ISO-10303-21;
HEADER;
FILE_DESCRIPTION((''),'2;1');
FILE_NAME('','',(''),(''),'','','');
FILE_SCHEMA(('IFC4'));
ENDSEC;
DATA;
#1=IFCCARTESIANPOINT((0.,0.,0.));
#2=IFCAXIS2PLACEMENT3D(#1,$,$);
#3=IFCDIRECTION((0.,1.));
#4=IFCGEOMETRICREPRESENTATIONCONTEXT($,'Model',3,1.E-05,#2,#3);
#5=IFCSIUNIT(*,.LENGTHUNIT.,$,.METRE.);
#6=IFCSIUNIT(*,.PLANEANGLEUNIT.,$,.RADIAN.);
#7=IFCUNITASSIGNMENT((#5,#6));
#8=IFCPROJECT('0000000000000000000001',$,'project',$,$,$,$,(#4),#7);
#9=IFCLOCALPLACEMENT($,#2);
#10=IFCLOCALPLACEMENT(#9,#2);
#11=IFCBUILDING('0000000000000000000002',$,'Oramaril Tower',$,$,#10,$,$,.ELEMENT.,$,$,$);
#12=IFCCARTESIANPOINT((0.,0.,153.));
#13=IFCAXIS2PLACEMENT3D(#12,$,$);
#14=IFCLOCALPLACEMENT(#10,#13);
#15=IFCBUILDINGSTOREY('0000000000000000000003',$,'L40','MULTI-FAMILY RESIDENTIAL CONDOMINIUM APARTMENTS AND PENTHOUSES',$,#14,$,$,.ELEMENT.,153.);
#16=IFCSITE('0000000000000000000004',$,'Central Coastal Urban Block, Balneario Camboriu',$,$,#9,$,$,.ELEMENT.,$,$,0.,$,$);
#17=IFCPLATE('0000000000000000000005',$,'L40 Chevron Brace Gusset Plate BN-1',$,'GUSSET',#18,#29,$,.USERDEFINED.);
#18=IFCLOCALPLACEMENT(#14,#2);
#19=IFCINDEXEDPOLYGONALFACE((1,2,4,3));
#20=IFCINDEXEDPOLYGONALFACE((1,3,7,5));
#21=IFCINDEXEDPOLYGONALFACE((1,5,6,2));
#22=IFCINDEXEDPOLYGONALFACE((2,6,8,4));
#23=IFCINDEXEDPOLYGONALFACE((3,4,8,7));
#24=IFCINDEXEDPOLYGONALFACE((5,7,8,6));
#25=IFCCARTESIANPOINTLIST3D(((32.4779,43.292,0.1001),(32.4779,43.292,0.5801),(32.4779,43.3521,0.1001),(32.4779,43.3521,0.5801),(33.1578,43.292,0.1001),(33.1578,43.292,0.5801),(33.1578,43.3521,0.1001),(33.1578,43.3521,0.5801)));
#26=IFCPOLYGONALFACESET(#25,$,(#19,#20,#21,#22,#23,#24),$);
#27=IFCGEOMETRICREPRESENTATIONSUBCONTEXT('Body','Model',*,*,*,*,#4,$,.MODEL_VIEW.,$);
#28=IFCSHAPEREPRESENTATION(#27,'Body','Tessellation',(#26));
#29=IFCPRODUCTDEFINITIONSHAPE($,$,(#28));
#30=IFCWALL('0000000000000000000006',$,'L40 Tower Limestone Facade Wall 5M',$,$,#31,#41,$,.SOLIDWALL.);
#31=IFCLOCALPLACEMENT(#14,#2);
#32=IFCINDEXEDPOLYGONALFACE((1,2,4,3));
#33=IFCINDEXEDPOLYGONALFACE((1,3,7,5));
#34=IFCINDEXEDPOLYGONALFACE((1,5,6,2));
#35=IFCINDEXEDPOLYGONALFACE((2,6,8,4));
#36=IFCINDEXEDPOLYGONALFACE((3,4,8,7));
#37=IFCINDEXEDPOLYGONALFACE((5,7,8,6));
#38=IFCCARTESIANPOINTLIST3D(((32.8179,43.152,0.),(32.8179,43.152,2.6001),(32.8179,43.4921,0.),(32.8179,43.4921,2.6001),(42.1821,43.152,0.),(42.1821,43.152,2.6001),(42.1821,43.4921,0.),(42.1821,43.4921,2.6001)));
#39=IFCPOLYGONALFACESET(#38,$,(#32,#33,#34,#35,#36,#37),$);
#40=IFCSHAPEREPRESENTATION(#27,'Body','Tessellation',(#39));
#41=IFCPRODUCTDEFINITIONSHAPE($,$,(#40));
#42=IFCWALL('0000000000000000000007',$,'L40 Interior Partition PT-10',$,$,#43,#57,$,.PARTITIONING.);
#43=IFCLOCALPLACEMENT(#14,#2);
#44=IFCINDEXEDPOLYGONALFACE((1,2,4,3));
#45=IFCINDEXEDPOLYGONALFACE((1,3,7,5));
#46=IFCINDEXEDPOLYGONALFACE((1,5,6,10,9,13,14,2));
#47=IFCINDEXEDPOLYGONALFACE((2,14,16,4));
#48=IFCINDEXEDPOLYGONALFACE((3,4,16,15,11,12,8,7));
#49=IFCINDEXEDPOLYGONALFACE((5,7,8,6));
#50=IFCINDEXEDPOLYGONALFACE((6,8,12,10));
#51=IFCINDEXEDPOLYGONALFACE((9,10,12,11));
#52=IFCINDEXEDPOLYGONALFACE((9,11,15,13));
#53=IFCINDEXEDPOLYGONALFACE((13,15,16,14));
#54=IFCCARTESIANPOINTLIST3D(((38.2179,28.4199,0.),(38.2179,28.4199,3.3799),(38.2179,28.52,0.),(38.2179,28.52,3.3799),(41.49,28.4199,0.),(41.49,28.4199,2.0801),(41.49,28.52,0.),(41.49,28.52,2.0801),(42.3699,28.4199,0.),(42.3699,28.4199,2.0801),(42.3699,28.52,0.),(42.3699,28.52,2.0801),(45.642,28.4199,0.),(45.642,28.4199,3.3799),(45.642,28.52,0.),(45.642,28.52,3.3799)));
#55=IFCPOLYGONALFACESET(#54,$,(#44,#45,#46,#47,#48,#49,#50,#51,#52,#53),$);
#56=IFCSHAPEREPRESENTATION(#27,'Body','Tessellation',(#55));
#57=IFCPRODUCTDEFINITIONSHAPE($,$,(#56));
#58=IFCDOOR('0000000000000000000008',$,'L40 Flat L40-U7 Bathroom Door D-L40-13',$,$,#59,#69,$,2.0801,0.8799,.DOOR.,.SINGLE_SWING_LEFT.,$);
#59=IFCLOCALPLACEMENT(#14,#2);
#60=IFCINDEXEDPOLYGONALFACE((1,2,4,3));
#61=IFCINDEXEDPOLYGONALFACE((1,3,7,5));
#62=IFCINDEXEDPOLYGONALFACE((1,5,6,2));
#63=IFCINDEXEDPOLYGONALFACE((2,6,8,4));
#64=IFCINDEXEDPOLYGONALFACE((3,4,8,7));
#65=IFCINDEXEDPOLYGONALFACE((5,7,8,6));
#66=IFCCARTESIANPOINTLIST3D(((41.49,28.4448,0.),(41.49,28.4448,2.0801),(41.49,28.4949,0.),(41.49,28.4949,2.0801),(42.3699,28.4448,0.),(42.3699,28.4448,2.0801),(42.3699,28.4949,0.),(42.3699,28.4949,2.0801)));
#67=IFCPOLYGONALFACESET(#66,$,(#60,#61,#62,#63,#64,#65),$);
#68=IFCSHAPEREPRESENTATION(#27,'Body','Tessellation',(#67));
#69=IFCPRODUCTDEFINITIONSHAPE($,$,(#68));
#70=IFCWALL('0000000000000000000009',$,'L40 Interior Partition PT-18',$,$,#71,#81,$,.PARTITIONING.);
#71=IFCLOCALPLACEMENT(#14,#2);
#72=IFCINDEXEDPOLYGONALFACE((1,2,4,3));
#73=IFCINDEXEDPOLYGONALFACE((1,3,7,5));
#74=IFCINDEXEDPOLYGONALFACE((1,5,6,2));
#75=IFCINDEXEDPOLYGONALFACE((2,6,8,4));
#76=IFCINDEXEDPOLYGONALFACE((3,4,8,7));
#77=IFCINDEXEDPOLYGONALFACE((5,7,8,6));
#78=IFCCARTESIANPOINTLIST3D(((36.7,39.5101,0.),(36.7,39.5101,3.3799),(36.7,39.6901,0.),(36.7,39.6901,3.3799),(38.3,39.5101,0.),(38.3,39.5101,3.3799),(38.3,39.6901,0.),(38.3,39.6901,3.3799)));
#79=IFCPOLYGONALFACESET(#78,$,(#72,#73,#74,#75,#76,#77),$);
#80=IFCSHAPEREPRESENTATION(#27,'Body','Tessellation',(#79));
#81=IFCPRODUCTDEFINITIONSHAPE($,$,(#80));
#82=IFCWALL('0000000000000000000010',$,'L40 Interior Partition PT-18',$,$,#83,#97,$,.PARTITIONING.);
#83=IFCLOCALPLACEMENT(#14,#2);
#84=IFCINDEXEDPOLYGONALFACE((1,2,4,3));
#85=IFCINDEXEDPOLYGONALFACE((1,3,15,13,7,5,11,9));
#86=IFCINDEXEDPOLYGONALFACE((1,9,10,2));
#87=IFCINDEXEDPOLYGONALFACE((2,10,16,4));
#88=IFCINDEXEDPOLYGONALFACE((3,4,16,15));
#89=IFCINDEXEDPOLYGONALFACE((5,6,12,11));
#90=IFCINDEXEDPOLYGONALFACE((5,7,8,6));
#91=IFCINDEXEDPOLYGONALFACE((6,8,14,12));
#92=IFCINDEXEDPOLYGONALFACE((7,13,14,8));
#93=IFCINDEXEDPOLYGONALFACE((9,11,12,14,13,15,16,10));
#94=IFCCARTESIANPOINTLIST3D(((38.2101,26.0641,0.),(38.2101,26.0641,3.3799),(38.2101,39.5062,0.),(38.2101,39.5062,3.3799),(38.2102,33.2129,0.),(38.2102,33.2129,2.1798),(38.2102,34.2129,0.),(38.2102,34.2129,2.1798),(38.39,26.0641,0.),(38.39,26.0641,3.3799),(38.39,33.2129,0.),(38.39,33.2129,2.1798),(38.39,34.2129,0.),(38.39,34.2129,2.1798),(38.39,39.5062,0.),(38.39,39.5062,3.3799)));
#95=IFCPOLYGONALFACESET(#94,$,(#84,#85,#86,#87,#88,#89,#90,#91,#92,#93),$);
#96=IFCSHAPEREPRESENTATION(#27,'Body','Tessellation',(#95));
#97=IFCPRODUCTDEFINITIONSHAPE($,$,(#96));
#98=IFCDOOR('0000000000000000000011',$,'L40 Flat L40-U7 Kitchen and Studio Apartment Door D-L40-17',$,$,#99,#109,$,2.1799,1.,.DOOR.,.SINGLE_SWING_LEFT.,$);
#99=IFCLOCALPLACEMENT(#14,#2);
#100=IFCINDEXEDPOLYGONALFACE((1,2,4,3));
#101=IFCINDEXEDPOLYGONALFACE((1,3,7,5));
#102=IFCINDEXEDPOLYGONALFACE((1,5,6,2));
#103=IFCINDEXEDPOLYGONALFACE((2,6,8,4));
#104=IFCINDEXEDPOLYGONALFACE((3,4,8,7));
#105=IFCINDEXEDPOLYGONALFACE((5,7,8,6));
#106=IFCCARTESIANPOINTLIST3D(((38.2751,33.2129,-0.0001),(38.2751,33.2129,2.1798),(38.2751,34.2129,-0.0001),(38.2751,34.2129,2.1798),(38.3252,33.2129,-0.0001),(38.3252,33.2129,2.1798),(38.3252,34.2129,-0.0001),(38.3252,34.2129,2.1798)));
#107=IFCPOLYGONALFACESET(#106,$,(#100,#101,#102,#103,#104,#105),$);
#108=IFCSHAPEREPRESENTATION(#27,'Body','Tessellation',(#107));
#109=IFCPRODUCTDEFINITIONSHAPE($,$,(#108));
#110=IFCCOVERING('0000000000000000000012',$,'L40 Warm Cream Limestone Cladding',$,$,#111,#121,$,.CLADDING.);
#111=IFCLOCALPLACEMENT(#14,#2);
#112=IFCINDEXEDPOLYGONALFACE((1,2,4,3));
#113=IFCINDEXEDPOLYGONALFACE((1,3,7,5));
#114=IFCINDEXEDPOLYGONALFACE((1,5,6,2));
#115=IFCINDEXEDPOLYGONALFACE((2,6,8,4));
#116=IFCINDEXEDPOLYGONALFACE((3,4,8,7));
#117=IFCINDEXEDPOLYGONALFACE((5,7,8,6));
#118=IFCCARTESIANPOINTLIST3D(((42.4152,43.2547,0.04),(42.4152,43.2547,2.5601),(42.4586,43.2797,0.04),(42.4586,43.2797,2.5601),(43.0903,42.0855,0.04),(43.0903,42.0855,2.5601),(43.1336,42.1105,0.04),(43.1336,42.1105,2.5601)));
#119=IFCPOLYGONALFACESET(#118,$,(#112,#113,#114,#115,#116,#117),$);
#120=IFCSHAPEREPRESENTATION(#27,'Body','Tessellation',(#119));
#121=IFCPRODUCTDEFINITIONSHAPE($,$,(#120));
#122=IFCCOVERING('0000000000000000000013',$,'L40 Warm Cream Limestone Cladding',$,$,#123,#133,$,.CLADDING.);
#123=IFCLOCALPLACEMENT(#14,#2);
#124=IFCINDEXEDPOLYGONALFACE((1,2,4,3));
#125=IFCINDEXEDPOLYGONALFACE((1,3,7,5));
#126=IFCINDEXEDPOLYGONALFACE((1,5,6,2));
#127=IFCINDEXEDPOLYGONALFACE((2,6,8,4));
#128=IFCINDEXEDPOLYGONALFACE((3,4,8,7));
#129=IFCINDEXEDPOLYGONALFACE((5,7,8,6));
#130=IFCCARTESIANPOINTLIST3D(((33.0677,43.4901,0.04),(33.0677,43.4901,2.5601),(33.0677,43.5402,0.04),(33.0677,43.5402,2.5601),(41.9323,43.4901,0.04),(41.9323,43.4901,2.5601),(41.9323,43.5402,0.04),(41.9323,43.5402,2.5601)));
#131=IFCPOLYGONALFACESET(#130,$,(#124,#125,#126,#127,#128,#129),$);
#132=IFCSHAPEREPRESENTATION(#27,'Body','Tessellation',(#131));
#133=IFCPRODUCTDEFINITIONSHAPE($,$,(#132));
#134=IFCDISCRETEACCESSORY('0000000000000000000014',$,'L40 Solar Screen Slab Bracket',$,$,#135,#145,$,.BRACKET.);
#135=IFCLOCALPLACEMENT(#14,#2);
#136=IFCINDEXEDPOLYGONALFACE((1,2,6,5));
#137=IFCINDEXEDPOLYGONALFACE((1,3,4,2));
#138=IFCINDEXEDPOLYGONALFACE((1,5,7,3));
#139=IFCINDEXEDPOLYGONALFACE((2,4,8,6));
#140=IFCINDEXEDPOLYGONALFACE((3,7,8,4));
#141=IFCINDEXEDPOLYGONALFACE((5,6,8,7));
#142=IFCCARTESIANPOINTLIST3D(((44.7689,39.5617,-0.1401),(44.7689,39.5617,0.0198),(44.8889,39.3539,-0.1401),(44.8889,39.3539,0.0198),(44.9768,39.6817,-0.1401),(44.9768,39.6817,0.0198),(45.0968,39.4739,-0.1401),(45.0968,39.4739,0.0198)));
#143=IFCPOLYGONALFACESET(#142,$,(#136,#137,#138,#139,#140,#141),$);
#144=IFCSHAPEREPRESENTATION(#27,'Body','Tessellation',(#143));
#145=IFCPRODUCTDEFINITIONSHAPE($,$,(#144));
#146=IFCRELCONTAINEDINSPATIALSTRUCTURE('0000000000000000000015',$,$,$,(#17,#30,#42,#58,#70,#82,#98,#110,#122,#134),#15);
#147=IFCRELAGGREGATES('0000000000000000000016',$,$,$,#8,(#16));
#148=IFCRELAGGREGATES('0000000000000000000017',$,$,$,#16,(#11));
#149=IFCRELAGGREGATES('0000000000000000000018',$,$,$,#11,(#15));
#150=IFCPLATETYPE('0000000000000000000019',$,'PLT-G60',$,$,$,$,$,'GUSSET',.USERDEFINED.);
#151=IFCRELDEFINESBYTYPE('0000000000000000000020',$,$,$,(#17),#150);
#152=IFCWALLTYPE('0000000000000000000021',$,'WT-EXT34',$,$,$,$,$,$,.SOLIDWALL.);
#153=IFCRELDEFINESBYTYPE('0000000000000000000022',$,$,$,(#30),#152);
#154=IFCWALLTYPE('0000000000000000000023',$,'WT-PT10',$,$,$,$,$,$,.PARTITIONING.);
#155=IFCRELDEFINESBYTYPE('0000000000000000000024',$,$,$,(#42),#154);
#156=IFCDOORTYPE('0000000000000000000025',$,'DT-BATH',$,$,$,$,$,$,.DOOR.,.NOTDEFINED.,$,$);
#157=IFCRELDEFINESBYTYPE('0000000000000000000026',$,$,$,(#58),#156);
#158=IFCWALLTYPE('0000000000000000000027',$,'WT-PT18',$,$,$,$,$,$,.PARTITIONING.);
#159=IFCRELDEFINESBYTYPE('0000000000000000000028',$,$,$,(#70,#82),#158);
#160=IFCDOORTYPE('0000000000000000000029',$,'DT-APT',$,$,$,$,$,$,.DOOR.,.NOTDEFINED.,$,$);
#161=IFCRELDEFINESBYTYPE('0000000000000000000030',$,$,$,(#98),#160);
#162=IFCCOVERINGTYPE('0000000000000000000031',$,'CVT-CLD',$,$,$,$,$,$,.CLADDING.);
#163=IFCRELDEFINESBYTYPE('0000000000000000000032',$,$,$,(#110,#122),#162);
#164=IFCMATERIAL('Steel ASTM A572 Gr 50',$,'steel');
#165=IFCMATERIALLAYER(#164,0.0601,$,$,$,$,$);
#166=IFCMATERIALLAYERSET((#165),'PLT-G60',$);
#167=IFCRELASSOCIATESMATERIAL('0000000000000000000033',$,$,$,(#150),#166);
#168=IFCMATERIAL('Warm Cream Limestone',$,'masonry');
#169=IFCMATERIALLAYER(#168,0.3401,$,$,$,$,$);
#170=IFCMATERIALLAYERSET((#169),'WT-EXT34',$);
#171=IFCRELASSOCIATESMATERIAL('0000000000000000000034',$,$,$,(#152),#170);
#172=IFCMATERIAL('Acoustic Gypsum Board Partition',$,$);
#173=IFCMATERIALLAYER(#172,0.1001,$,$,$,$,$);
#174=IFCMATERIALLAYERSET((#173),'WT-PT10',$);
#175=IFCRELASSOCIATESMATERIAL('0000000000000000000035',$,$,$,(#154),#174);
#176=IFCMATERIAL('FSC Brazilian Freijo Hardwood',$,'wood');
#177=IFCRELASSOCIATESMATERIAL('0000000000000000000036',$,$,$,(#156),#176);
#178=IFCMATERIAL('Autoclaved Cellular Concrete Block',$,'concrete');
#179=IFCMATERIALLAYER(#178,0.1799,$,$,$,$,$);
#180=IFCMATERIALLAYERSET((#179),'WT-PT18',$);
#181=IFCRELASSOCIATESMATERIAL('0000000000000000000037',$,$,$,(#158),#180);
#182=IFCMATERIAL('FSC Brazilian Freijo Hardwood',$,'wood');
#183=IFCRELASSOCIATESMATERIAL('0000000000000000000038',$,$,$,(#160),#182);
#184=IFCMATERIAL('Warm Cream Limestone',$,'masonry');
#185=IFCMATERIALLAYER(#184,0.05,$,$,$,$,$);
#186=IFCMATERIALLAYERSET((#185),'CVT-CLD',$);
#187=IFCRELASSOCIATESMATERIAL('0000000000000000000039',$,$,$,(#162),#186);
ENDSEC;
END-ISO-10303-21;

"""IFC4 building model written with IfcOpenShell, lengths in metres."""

from ifc_helpers import new_model, si_unit, direction, frame, frame_2d, origin, origin_2d, place, context, subcontext, project, spatial, rectangle, extrude, material, layer, layer_set, type_object, element, fill, save


model = new_model("IFC4")

# Units and contexts
model_context = context("Model", 3, precision=1e-05, world=origin(), true_north=direction((0.0, 1.0)))
body_context = subcontext(model_context, "Body", "Model", "MODEL_VIEW")
ifc_project = project(units=[si_unit("LENGTHUNIT", "METRE"), si_unit("PLANEANGLEUNIT", "RADIAN")], contexts=[model_context])

# Site, building, storey
site_placement = place(None, origin())
site = spatial("IfcSite", under=ifc_project, at=site_placement, Name="Central Coastal Urban Block, Balneario Camboriu", CompositionType="ELEMENT", RefElevation=0.0)
building_placement = place(site_placement, origin())
building = spatial("IfcBuilding", under=site, at=building_placement, Name="Oramaril Tower", CompositionType="ELEMENT")
storey_placement = place(building_placement, frame((0.0, 0.0, 153.0)))
storey = spatial("IfcBuildingStorey", under=building, at=storey_placement, Name="L40", Description="MULTI-FAMILY RESIDENTIAL CONDOMINIUM APARTMENTS AND PENTHOUSES", CompositionType="ELEMENT", Elevation=153.0)

# Plate
ifc_material_1 = material(Name="Steel ASTM A572 Gr 50", Category="steel")
ifc_layer_1 = layer(ifc_material_1, 0.0601)
ifc_layer_set_1 = layer_set([ifc_layer_1], Name="PLT-G60")
plate_type = type_object("IfcPlateType", Name="PLT-G60", ElementType="GUSSET", PredefinedType="USERDEFINED", material=ifc_layer_set_1)
for number, where, z_axis, x_axis, name in (
    (1, (32.8179, 43.322, 0.1001), (0.0, 0.0, 1.0), (-1.0, 0.0, 0.0), "L40 Chevron Brace Gusset Plate BN-1"),
):
    element("IfcPlate", number, at=place(storey_placement, frame(where, z_axis=z_axis, x_axis=x_axis)), inside=storey, type_object=plate_type, Name=name, ObjectType="GUSSET", PredefinedType="USERDEFINED", context=body_context, shape_type="SweptSolid", body=[
        extrude(rectangle(XDim=0.6799, YDim=0.0601, at=origin_2d()), origin(), (0.0, 0.0, 1.0), 0.48),
    ])

# Wall
ifc_material_2 = material(Name="Warm Cream Limestone", Category="masonry")
ifc_layer_2 = layer(ifc_material_2, 0.3401)
ifc_layer_set_2 = layer_set([ifc_layer_2], Name="WT-EXT34")
wall_type_1 = type_object("IfcWallType", Name="WT-EXT34", PredefinedType="SOLIDWALL", material=ifc_layer_set_2)
wall_1_placement = place(storey_placement, frame((42.1821, 43.322, 0.0), z_axis=(0.0, 0.0, 1.0), x_axis=(-1.0, 0.0, 0.0)))
element("IfcWall", 2, at=wall_1_placement, inside=storey, type_object=wall_type_1, Name="L40 Tower Limestone Facade Wall 5M", PredefinedType="SOLIDWALL", context=body_context, shape_type="SweptSolid", body=[
    extrude(rectangle(XDim=9.3643, YDim=0.3401, at=frame_2d((4.6821, 0.0))), origin(), (0.0, 0.0, 1.0), 2.6001),
])

# Wall, opening, door
ifc_material_3 = material(Name="Acoustic Gypsum Board Partition")
ifc_layer_3 = layer(ifc_material_3, 0.1001)
ifc_layer_set_3 = layer_set([ifc_layer_3], Name="WT-PT10")
wall_type_2 = type_object("IfcWallType", Name="WT-PT10", PredefinedType="PARTITIONING", material=ifc_layer_set_3)
wall_2_placement = place(storey_placement, frame((38.218, 28.47, 0.0), z_axis=(0.0, 0.0, 1.0), x_axis=(1.0, 0.0, 0.0)))
wall_2 = element("IfcWall", 3, at=wall_2_placement, inside=storey, type_object=wall_type_2, Name="L40 Interior Partition PT-10", PredefinedType="PARTITIONING", context=body_context, shape_type="SweptSolid", body=[
    extrude(rectangle(XDim=7.4241, YDim=0.1001, at=frame_2d((3.7119, 0.0))), origin(), (0.0, 0.0, 1.0), 3.3799),
])
opening_1_placement = place(wall_2_placement, frame((3.272, 0.0, 0.0)))
opening_1 = element("IfcOpeningElement", 4, at=opening_1_placement, cuts=wall_2, PredefinedType="OPENING", context=body_context, shape_type="SweptSolid", body=[
    extrude(rectangle(XDim=0.8799, YDim=2.0801, at=frame_2d((0.4399, 1.04))), frame((0.0, 0.05, 0.0), z_axis=(0.0, -1.0, 0.0), x_axis=(1.0, 0.0, 0.0)), (0.0, 0.0, 1.0), 0.1001),
])
ifc_material_4 = material(Name="FSC Brazilian Freijo Hardwood", Category="wood")
door_type_1 = type_object("IfcDoorType", Name="DT-BATH", OperationType="NOTDEFINED", PredefinedType="DOOR", material=ifc_material_4)
door_1_placement = place(opening_1_placement, origin())
door_1 = element("IfcDoor", 5, at=door_1_placement, inside=storey, type_object=door_type_1, Name="L40 Flat L40-U7 Bathroom Door D-L40-13", OperationType="SINGLE_SWING_LEFT", OverallHeight=2.0801, OverallWidth=0.8799, PredefinedType="DOOR", context=body_context, shape_type="SweptSolid", body=[
    extrude(rectangle(XDim=0.8799, YDim=2.0801, at=frame_2d((0.4399, 1.04))), frame((0.0, 0.0249, 0.0), z_axis=(0.0, -1.0, 0.0), x_axis=(1.0, 0.0, 0.0)), (0.0, 0.0, 1.0), 0.05),
])
fill(opening_1, door_1)

# Wall
ifc_material_5 = material(Name="Autoclaved Cellular Concrete Block", Category="concrete")
ifc_layer_4 = layer(ifc_material_5, 0.1799)
ifc_layer_set_4 = layer_set([ifc_layer_4], Name="WT-PT18")
wall_type_3 = type_object("IfcWallType", Name="WT-PT18", PredefinedType="PARTITIONING", material=ifc_layer_set_4)
wall_3_placement = place(storey_placement, frame((36.7, 39.6001, 0.0), z_axis=(0.0, 0.0, 1.0), x_axis=(1.0, 0.0, 0.0)))
element("IfcWall", 6, at=wall_3_placement, inside=storey, type_object=wall_type_3, Name="L40 Interior Partition PT-18", PredefinedType="PARTITIONING", context=body_context, shape_type="SweptSolid", body=[
    extrude(rectangle(XDim=1.6001, YDim=0.1799, at=frame_2d((0.8, 0.0))), origin(), (0.0, 0.0, 1.0), 3.3799),
])

# Wall, opening, door
wall_4_placement = place(storey_placement, frame((38.3, 26.064, 0.0), z_axis=(0.0, 0.0, 1.0), x_axis=(0.0, 1.0, 0.0)))
wall_4 = element("IfcWall", 7, at=wall_4_placement, inside=storey, type_object=wall_type_3, Name="L40 Interior Partition PT-18", PredefinedType="PARTITIONING", context=body_context, shape_type="SweptSolid", body=[
    extrude(rectangle(XDim=13.4421, YDim=0.1799, at=frame_2d((6.7212, 0.0))), origin(), (0.0, 0.0, 1.0), 3.3799),
])
opening_2_placement = place(wall_4_placement, frame((7.1489, 0.0, 0.0)))
opening_2 = element("IfcOpeningElement", 8, at=opening_2_placement, cuts=wall_4, PredefinedType="OPENING", context=body_context, shape_type="SweptSolid", body=[
    extrude(rectangle(XDim=1.0, YDim=2.1799, at=frame_2d((0.5, 1.0898))), frame((0.0, 0.0898, 0.0), z_axis=(0.0, -1.0, 0.0), x_axis=(1.0, 0.0, 0.0)), (0.0, 0.0, 1.0), 0.1799),
])
ifc_material_6 = material(Name="FSC Brazilian Freijo Hardwood", Category="wood")
door_type_2 = type_object("IfcDoorType", Name="DT-APT", OperationType="NOTDEFINED", PredefinedType="DOOR", material=ifc_material_6)
door_2_placement = place(opening_2_placement, origin())
door_2 = element("IfcDoor", 9, at=door_2_placement, inside=storey, type_object=door_type_2, Name="L40 Flat L40-U7 Kitchen and Studio Apartment Door D-L40-17", OperationType="SINGLE_SWING_LEFT", OverallHeight=2.1799, OverallWidth=1.0, PredefinedType="DOOR", context=body_context, shape_type="SweptSolid", body=[
    extrude(rectangle(XDim=1.0, YDim=2.1799, at=frame_2d((0.5, 1.0898))), frame((0.0, 0.0249, 0.0), z_axis=(0.0, -1.0, 0.0), x_axis=(1.0, 0.0, 0.0)), (0.0, 0.0, 1.0), 0.05),
])
fill(opening_2, door_2)

# Coverings
ifc_material_7 = material(Name="Warm Cream Limestone", Category="masonry")
ifc_layer_5 = layer(ifc_material_7, 0.05)
ifc_layer_set_5 = layer_set([ifc_layer_5], Name="CVT-CLD")
covering_type = type_object("IfcCoveringType", Name="CVT-CLD", PredefinedType="CLADDING", material=ifc_layer_set_5)
covering_1_placement = place(storey_placement, frame((42.7744, 42.6826, 0.04), z_axis=(0.0, 0.0, 1.0), x_axis=(-0.5, 0.866025, 0.0)))
element("IfcCovering", 10, at=covering_1_placement, inside=storey, type_object=covering_type, Name="L40 Warm Cream Limestone Cladding", PredefinedType="CLADDING", context=body_context, shape_type="SweptSolid", body=[
    extrude(rectangle(XDim=1.3501, YDim=0.05, at=origin_2d()), origin(), (0.0, 0.0, 1.0), 2.52),
])
covering_2_placement = place(storey_placement, frame((37.5, 43.5151, 0.04), z_axis=(0.0, 0.0, 1.0), x_axis=(-1.0, 0.0, 0.0)))
element("IfcCovering", 11, at=covering_2_placement, inside=storey, type_object=covering_type, Name="L40 Warm Cream Limestone Cladding", PredefinedType="CLADDING", context=body_context, shape_type="SweptSolid", body=[
    extrude(rectangle(XDim=8.8645, YDim=0.05, at=origin_2d()), origin(), (0.0, 0.0, 1.0), 2.52),
])

# Discrete accessory
discrete_accessory_placement = place(storey_placement, frame((44.9329, 39.5178, -0.1401), z_axis=(0.0, 0.0, 1.0), x_axis=(-0.5, 0.866025, 0.0)))
element("IfcDiscreteAccessory", 12, at=discrete_accessory_placement, inside=storey, Name="L40 Solar Screen Slab Bracket", PredefinedType="BRACKET", context=body_context, shape_type="SweptSolid", body=[
    extrude(rectangle(XDim=0.24, YDim=0.24, at=origin_2d()), origin(), (0.0, 0.0, 1.0), 0.1599),
])

save(model, "model.ifc")
